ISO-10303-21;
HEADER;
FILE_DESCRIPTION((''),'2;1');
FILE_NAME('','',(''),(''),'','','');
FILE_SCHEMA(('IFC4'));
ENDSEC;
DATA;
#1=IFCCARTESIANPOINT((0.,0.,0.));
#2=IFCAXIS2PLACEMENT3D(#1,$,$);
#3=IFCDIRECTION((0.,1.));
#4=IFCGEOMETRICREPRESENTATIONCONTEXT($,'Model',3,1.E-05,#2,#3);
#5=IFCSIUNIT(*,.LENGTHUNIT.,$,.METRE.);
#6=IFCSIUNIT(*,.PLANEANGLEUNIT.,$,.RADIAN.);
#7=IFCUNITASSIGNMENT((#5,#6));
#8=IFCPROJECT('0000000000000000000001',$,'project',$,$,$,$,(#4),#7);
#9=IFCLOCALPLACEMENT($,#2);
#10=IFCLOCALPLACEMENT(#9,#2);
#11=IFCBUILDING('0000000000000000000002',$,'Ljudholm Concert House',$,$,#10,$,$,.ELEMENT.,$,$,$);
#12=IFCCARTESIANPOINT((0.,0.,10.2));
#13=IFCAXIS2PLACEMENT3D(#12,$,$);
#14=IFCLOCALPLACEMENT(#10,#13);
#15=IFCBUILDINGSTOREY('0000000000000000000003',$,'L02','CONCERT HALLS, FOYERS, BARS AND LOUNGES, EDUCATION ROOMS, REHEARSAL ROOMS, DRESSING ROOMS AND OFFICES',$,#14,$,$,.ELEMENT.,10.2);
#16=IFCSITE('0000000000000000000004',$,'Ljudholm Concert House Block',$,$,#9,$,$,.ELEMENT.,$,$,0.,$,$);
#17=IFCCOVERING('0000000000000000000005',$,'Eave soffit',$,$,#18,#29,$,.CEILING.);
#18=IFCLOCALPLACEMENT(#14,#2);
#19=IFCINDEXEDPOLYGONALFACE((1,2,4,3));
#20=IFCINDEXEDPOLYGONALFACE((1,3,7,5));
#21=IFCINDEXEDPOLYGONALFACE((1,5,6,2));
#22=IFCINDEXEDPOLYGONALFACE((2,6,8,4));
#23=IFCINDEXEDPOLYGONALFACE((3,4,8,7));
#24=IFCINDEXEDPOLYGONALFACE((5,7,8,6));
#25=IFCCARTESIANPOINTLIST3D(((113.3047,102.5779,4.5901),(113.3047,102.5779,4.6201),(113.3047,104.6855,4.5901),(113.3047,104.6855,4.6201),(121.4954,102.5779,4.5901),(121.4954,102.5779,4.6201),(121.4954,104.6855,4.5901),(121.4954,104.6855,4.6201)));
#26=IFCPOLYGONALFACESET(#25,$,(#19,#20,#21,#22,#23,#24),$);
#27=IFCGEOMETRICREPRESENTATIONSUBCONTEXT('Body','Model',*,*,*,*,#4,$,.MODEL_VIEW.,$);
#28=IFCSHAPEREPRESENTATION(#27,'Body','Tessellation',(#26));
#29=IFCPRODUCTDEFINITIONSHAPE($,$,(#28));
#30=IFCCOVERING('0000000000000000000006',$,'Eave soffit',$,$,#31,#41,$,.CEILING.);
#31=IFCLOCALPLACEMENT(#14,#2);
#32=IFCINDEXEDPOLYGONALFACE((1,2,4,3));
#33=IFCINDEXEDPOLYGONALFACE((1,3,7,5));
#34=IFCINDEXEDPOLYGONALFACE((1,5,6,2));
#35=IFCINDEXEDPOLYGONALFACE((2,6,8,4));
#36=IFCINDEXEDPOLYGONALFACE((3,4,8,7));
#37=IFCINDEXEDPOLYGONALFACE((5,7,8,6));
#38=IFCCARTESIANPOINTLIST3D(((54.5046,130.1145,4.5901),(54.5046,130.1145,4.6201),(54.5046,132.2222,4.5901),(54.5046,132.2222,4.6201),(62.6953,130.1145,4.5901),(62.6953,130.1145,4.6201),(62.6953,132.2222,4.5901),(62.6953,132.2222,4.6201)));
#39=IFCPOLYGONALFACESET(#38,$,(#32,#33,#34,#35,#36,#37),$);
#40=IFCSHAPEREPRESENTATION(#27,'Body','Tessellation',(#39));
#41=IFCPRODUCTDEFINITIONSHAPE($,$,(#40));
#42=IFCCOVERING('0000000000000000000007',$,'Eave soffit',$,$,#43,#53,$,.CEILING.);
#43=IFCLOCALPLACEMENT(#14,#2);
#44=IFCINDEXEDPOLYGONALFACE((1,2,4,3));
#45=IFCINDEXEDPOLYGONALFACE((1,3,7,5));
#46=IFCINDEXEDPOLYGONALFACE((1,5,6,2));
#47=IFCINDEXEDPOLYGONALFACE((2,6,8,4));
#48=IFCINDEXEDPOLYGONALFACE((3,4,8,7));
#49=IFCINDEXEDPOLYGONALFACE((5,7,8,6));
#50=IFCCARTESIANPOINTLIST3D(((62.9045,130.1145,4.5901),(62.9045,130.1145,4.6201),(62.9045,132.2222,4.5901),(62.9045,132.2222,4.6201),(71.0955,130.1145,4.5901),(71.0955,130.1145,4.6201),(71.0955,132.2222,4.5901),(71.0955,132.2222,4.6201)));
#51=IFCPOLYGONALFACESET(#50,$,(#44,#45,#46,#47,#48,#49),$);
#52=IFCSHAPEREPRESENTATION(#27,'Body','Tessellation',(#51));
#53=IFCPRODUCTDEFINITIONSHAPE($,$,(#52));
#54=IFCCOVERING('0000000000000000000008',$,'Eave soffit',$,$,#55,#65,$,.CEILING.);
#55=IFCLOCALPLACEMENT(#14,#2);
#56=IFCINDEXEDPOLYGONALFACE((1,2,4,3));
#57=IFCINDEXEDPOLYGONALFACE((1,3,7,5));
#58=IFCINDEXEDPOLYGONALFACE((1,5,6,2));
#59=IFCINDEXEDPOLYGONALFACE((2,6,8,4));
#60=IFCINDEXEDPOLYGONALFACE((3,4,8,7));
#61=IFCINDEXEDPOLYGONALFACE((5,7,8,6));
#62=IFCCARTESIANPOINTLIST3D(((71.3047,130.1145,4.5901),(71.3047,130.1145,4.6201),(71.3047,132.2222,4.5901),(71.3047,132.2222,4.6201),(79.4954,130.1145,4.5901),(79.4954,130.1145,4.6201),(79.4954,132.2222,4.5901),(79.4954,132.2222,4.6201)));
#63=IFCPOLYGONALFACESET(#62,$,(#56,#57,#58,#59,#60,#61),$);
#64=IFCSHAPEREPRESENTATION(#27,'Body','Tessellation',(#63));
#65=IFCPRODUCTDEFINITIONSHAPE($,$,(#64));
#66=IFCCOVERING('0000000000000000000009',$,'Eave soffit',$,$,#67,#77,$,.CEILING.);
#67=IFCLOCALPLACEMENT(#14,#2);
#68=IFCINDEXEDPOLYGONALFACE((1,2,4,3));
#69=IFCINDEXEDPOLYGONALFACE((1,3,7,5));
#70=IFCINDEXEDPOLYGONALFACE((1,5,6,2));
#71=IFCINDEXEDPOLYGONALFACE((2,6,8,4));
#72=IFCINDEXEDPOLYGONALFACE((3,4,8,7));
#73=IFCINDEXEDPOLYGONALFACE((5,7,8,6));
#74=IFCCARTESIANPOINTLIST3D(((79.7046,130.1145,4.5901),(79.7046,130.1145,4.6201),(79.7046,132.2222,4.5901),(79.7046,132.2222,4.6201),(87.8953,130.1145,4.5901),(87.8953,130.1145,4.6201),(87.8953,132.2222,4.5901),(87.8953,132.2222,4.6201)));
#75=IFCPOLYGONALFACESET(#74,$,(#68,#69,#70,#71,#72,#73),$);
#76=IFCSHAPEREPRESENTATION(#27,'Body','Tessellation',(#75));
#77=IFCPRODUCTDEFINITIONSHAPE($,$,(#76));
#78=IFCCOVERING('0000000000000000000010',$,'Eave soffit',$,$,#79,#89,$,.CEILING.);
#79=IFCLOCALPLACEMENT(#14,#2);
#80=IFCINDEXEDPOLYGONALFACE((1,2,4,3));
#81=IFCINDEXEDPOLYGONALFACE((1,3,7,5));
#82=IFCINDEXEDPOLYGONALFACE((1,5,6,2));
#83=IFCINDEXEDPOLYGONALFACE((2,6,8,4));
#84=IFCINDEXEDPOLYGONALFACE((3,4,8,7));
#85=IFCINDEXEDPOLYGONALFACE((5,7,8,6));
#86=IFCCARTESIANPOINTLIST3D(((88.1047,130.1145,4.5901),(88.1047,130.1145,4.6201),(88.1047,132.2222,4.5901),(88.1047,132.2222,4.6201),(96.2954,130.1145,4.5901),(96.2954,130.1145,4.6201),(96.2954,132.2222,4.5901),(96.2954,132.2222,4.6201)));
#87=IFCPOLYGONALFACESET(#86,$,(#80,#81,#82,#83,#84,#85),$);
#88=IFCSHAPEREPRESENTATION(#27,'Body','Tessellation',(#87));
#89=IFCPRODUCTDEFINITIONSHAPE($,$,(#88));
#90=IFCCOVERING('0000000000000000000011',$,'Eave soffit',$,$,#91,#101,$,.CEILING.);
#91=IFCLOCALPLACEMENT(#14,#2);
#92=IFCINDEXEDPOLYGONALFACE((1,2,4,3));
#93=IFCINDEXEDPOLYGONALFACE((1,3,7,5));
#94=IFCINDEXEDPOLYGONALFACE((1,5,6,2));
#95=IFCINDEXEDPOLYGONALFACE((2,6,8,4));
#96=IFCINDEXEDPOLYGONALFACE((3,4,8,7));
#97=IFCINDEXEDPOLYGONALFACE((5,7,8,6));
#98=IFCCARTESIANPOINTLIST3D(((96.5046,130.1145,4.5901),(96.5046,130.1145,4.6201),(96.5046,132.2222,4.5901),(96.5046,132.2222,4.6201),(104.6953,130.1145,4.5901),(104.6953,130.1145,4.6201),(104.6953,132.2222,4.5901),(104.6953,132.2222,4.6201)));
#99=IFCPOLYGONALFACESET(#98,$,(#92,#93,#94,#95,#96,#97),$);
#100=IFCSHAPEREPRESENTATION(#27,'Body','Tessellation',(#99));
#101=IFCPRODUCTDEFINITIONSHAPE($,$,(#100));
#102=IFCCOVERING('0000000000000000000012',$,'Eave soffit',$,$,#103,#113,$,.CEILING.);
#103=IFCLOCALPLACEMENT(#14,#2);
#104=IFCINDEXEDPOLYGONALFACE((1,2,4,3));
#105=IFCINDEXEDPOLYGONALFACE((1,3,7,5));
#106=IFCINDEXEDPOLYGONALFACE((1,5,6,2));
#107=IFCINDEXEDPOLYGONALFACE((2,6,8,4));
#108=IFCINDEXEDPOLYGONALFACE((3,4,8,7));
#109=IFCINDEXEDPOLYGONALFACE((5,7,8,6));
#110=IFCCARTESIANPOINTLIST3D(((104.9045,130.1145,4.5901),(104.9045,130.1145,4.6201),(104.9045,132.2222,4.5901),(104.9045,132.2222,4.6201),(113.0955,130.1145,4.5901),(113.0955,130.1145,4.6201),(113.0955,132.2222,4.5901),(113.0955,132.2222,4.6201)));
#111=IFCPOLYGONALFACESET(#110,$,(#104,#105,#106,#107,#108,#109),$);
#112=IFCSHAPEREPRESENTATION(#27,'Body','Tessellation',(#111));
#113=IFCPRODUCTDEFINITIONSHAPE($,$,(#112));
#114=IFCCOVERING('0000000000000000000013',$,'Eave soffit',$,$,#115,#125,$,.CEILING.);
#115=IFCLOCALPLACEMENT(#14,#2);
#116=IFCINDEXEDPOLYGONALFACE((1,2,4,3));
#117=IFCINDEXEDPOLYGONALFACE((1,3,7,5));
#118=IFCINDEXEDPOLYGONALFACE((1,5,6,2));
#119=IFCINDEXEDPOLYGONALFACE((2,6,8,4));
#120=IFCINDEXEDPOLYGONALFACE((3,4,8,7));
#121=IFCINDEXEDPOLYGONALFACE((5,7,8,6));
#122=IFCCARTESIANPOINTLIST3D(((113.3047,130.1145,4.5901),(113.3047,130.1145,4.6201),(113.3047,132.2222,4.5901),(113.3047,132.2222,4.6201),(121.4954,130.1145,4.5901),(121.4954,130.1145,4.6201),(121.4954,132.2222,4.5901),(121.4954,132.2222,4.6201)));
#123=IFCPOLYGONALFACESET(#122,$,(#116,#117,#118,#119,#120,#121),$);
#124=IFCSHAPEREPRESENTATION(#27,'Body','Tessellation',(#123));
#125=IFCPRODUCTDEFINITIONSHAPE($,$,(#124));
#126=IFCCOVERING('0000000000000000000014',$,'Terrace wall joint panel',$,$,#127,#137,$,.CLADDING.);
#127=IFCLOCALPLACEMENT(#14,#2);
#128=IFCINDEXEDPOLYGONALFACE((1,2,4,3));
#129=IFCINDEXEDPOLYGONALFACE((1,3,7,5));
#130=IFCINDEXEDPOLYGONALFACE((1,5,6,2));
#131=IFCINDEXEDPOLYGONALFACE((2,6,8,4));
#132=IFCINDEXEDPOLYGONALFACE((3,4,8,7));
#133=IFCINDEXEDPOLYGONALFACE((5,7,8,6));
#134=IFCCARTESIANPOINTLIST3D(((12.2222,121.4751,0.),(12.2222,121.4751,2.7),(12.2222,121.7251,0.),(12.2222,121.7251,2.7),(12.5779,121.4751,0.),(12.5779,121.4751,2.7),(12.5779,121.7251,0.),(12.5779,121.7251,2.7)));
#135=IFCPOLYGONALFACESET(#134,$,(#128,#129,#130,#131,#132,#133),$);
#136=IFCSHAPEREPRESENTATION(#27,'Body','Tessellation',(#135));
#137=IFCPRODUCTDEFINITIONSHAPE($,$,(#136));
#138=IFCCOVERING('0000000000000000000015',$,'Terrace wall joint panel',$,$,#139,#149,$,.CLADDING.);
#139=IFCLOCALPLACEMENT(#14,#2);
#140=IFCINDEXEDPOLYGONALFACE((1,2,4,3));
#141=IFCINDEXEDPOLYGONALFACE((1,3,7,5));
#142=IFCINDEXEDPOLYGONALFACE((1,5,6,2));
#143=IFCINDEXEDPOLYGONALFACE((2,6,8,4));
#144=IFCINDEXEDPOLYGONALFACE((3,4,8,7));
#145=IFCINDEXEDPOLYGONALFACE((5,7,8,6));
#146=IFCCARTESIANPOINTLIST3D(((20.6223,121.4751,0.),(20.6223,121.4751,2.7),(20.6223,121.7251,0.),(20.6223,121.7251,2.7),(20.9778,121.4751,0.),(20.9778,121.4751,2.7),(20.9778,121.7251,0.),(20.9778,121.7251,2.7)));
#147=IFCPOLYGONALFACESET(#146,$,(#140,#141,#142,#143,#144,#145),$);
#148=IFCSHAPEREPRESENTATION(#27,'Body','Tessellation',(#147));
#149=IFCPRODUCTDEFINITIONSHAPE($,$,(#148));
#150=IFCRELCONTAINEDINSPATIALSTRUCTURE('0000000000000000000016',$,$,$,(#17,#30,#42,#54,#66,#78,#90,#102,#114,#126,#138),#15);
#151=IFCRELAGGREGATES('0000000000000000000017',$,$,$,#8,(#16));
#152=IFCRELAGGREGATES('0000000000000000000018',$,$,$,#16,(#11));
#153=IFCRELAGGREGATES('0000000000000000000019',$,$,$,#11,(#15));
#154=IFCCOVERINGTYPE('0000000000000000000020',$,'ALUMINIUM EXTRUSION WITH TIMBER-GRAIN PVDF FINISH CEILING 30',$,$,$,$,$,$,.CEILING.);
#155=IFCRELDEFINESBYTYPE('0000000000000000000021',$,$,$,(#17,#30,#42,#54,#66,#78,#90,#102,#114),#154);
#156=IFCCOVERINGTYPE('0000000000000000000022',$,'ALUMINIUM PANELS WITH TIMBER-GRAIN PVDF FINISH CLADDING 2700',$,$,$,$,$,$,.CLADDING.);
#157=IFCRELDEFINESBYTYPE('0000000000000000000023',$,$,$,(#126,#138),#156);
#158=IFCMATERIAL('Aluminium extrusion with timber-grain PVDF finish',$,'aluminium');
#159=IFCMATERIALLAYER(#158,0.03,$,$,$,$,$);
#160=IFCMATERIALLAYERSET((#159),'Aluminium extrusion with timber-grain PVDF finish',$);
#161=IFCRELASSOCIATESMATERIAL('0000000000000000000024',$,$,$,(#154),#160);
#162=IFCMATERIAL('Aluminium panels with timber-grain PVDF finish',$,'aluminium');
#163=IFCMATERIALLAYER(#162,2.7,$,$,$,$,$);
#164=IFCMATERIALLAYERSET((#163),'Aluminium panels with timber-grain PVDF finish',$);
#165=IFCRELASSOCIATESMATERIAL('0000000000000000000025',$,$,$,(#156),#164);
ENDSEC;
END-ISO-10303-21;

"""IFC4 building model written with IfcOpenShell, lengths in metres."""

from ifc_helpers import new_model, si_unit, direction, frame, origin, place, context, subcontext, project, spatial, polyline, outline, extrude, material, layer, layer_set, type_object, element, save


model = new_model("IFC4")

# Units and contexts
model_context = context("Model", 3, precision=1e-05, world=origin(), true_north=direction((0.0, 1.0)))
body_context = subcontext(model_context, "Body", "Model", "MODEL_VIEW")
ifc_project = project(units=[si_unit("LENGTHUNIT", "METRE"), si_unit("PLANEANGLEUNIT", "RADIAN")], contexts=[model_context])

# Site, building, storey
site_placement = place(None, origin())
site = spatial("IfcSite", under=ifc_project, at=site_placement, Name="Ljudholm Concert House Block", CompositionType="ELEMENT", RefElevation=0.0)
building_placement = place(site_placement, origin())
building = spatial("IfcBuilding", under=site, at=building_placement, Name="Ljudholm Concert House", CompositionType="ELEMENT")
storey_placement = place(building_placement, frame((0.0, 0.0, 10.2)))
storey = spatial("IfcBuildingStorey", under=building, at=storey_placement, Name="L02", Description="CONCERT HALLS, FOYERS, BARS AND LOUNGES, EDUCATION ROOMS, REHEARSAL ROOMS, DRESSING ROOMS AND OFFICES", CompositionType="ELEMENT", Elevation=10.2)

# Coverings
ifc_material_1 = material(Name="Aluminium extrusion with timber-grain PVDF finish", Category="aluminium")
ifc_layer_1 = layer(ifc_material_1, 0.03)
ifc_layer_set_1 = layer_set([ifc_layer_1], Name="Aluminium extrusion with timber-grain PVDF finish")
covering_type_1 = type_object("IfcCoveringType", Name="ALUMINIUM EXTRUSION WITH TIMBER-GRAIN PVDF FINISH CEILING 30", PredefinedType="CEILING", material=ifc_layer_set_1)
covering_1_placement = place(storey_placement, frame((0.0, 0.0, 4.5901)))
element("IfcCovering", 1, at=covering_1_placement, inside=storey, type_object=covering_type_1, Name="Eave soffit", PredefinedType="CEILING", context=body_context, shape_type="SweptSolid", body=[
    extrude(outline(polyline([(113.3047, 102.5779), (121.4954, 102.5779), (121.4954, 104.6855), (113.3047, 104.6855), (113.3047, 102.5779)])), origin(), (0.0, 0.0, 1.0), 0.03),
])
covering_2_placement = place(storey_placement, frame((0.0, 0.0, 4.5901)))
element("IfcCovering", 2, at=covering_2_placement, inside=storey, type_object=covering_type_1, Name="Eave soffit", PredefinedType="CEILING", context=body_context, shape_type="SweptSolid", body=[
    extrude(outline(polyline([(54.5046, 130.1145), (62.6953, 130.1145), (62.6953, 132.2222), (54.5046, 132.2222), (54.5046, 130.1145)])), origin(), (0.0, 0.0, 1.0), 0.03),
])
covering_3_placement = place(storey_placement, frame((0.0, 0.0, 4.5901)))
element("IfcCovering", 3, at=covering_3_placement, inside=storey, type_object=covering_type_1, Name="Eave soffit", PredefinedType="CEILING", context=body_context, shape_type="SweptSolid", body=[
    extrude(outline(polyline([(62.9045, 130.1145), (71.0955, 130.1145), (71.0955, 132.2222), (62.9045, 132.2222), (62.9045, 130.1145)])), origin(), (0.0, 0.0, 1.0), 0.03),
])
covering_4_placement = place(storey_placement, frame((0.0, 0.0, 4.5901)))
element("IfcCovering", 4, at=covering_4_placement, inside=storey, type_object=covering_type_1, Name="Eave soffit", PredefinedType="CEILING", context=body_context, shape_type="SweptSolid", body=[
    extrude(outline(polyline([(71.3047, 130.1145), (79.4954, 130.1145), (79.4954, 132.2222), (71.3047, 132.2222), (71.3047, 130.1145)])), origin(), (0.0, 0.0, 1.0), 0.03),
])
covering_5_placement = place(storey_placement, frame((0.0, 0.0, 4.5901)))
element("IfcCovering", 5, at=covering_5_placement, inside=storey, type_object=covering_type_1, Name="Eave soffit", PredefinedType="CEILING", context=body_context, shape_type="SweptSolid", body=[
    extrude(outline(polyline([(79.7046, 130.1145), (87.8953, 130.1145), (87.8953, 132.2222), (79.7046, 132.2222), (79.7046, 130.1145)])), origin(), (0.0, 0.0, 1.0), 0.03),
])
covering_6_placement = place(storey_placement, frame((0.0, 0.0, 4.5901)))
element("IfcCovering", 6, at=covering_6_placement, inside=storey, type_object=covering_type_1, Name="Eave soffit", PredefinedType="CEILING", context=body_context, shape_type="SweptSolid", body=[
    extrude(outline(polyline([(88.1047, 130.1145), (96.2954, 130.1145), (96.2954, 132.2222), (88.1047, 132.2222), (88.1047, 130.1145)])), origin(), (0.0, 0.0, 1.0), 0.03),
])
covering_7_placement = place(storey_placement, frame((0.0, 0.0, 4.5901)))
element("IfcCovering", 7, at=covering_7_placement, inside=storey, type_object=covering_type_1, Name="Eave soffit", PredefinedType="CEILING", context=body_context, shape_type="SweptSolid", body=[
    extrude(outline(polyline([(96.5046, 130.1145), (104.6953, 130.1145), (104.6953, 132.2222), (96.5046, 132.2222), (96.5046, 130.1145)])), origin(), (0.0, 0.0, 1.0), 0.03),
])
covering_8_placement = place(storey_placement, frame((0.0, 0.0, 4.5901)))
element("IfcCovering", 8, at=covering_8_placement, inside=storey, type_object=covering_type_1, Name="Eave soffit", PredefinedType="CEILING", context=body_context, shape_type="SweptSolid", body=[
    extrude(outline(polyline([(104.9045, 130.1145), (113.0955, 130.1145), (113.0955, 132.2222), (104.9045, 132.2222), (104.9045, 130.1145)])), origin(), (0.0, 0.0, 1.0), 0.03),
])
covering_9_placement = place(storey_placement, frame((0.0, 0.0, 4.5901)))
element("IfcCovering", 9, at=covering_9_placement, inside=storey, type_object=covering_type_1, Name="Eave soffit", PredefinedType="CEILING", context=body_context, shape_type="SweptSolid", body=[
    extrude(outline(polyline([(113.3047, 130.1145), (121.4954, 130.1145), (121.4954, 132.2222), (113.3047, 132.2222), (113.3047, 130.1145)])), origin(), (0.0, 0.0, 1.0), 0.03),
])
ifc_material_2 = material(Name="Aluminium panels with timber-grain PVDF finish", Category="aluminium")
ifc_layer_2 = layer(ifc_material_2, 2.7)
ifc_layer_set_2 = layer_set([ifc_layer_2], Name="Aluminium panels with timber-grain PVDF finish")
covering_type_2 = type_object("IfcCoveringType", Name="ALUMINIUM PANELS WITH TIMBER-GRAIN PVDF FINISH CLADDING 2700", PredefinedType="CLADDING", material=ifc_layer_set_2)
covering_10_placement = place(storey_placement, origin())
element("IfcCovering", 10, at=covering_10_placement, inside=storey, type_object=covering_type_2, Name="Terrace wall joint panel", PredefinedType="CLADDING", context=body_context, shape_type="SweptSolid", body=[
    extrude(outline(polyline([(12.2222, 121.4751), (12.5779, 121.4751), (12.5779, 121.7251), (12.2222, 121.7251), (12.2222, 121.4751)])), origin(), (0.0, 0.0, 1.0), 2.7),
])
covering_11_placement = place(storey_placement, origin())
element("IfcCovering", 11, at=covering_11_placement, inside=storey, type_object=covering_type_2, Name="Terrace wall joint panel", PredefinedType="CLADDING", context=body_context, shape_type="SweptSolid", body=[
    extrude(outline(polyline([(20.6223, 121.4751), (20.9778, 121.4751), (20.9778, 121.7251), (20.6223, 121.7251), (20.6223, 121.4751)])), origin(), (0.0, 0.0, 1.0), 2.7),
])

save(model, "model.ifc")
